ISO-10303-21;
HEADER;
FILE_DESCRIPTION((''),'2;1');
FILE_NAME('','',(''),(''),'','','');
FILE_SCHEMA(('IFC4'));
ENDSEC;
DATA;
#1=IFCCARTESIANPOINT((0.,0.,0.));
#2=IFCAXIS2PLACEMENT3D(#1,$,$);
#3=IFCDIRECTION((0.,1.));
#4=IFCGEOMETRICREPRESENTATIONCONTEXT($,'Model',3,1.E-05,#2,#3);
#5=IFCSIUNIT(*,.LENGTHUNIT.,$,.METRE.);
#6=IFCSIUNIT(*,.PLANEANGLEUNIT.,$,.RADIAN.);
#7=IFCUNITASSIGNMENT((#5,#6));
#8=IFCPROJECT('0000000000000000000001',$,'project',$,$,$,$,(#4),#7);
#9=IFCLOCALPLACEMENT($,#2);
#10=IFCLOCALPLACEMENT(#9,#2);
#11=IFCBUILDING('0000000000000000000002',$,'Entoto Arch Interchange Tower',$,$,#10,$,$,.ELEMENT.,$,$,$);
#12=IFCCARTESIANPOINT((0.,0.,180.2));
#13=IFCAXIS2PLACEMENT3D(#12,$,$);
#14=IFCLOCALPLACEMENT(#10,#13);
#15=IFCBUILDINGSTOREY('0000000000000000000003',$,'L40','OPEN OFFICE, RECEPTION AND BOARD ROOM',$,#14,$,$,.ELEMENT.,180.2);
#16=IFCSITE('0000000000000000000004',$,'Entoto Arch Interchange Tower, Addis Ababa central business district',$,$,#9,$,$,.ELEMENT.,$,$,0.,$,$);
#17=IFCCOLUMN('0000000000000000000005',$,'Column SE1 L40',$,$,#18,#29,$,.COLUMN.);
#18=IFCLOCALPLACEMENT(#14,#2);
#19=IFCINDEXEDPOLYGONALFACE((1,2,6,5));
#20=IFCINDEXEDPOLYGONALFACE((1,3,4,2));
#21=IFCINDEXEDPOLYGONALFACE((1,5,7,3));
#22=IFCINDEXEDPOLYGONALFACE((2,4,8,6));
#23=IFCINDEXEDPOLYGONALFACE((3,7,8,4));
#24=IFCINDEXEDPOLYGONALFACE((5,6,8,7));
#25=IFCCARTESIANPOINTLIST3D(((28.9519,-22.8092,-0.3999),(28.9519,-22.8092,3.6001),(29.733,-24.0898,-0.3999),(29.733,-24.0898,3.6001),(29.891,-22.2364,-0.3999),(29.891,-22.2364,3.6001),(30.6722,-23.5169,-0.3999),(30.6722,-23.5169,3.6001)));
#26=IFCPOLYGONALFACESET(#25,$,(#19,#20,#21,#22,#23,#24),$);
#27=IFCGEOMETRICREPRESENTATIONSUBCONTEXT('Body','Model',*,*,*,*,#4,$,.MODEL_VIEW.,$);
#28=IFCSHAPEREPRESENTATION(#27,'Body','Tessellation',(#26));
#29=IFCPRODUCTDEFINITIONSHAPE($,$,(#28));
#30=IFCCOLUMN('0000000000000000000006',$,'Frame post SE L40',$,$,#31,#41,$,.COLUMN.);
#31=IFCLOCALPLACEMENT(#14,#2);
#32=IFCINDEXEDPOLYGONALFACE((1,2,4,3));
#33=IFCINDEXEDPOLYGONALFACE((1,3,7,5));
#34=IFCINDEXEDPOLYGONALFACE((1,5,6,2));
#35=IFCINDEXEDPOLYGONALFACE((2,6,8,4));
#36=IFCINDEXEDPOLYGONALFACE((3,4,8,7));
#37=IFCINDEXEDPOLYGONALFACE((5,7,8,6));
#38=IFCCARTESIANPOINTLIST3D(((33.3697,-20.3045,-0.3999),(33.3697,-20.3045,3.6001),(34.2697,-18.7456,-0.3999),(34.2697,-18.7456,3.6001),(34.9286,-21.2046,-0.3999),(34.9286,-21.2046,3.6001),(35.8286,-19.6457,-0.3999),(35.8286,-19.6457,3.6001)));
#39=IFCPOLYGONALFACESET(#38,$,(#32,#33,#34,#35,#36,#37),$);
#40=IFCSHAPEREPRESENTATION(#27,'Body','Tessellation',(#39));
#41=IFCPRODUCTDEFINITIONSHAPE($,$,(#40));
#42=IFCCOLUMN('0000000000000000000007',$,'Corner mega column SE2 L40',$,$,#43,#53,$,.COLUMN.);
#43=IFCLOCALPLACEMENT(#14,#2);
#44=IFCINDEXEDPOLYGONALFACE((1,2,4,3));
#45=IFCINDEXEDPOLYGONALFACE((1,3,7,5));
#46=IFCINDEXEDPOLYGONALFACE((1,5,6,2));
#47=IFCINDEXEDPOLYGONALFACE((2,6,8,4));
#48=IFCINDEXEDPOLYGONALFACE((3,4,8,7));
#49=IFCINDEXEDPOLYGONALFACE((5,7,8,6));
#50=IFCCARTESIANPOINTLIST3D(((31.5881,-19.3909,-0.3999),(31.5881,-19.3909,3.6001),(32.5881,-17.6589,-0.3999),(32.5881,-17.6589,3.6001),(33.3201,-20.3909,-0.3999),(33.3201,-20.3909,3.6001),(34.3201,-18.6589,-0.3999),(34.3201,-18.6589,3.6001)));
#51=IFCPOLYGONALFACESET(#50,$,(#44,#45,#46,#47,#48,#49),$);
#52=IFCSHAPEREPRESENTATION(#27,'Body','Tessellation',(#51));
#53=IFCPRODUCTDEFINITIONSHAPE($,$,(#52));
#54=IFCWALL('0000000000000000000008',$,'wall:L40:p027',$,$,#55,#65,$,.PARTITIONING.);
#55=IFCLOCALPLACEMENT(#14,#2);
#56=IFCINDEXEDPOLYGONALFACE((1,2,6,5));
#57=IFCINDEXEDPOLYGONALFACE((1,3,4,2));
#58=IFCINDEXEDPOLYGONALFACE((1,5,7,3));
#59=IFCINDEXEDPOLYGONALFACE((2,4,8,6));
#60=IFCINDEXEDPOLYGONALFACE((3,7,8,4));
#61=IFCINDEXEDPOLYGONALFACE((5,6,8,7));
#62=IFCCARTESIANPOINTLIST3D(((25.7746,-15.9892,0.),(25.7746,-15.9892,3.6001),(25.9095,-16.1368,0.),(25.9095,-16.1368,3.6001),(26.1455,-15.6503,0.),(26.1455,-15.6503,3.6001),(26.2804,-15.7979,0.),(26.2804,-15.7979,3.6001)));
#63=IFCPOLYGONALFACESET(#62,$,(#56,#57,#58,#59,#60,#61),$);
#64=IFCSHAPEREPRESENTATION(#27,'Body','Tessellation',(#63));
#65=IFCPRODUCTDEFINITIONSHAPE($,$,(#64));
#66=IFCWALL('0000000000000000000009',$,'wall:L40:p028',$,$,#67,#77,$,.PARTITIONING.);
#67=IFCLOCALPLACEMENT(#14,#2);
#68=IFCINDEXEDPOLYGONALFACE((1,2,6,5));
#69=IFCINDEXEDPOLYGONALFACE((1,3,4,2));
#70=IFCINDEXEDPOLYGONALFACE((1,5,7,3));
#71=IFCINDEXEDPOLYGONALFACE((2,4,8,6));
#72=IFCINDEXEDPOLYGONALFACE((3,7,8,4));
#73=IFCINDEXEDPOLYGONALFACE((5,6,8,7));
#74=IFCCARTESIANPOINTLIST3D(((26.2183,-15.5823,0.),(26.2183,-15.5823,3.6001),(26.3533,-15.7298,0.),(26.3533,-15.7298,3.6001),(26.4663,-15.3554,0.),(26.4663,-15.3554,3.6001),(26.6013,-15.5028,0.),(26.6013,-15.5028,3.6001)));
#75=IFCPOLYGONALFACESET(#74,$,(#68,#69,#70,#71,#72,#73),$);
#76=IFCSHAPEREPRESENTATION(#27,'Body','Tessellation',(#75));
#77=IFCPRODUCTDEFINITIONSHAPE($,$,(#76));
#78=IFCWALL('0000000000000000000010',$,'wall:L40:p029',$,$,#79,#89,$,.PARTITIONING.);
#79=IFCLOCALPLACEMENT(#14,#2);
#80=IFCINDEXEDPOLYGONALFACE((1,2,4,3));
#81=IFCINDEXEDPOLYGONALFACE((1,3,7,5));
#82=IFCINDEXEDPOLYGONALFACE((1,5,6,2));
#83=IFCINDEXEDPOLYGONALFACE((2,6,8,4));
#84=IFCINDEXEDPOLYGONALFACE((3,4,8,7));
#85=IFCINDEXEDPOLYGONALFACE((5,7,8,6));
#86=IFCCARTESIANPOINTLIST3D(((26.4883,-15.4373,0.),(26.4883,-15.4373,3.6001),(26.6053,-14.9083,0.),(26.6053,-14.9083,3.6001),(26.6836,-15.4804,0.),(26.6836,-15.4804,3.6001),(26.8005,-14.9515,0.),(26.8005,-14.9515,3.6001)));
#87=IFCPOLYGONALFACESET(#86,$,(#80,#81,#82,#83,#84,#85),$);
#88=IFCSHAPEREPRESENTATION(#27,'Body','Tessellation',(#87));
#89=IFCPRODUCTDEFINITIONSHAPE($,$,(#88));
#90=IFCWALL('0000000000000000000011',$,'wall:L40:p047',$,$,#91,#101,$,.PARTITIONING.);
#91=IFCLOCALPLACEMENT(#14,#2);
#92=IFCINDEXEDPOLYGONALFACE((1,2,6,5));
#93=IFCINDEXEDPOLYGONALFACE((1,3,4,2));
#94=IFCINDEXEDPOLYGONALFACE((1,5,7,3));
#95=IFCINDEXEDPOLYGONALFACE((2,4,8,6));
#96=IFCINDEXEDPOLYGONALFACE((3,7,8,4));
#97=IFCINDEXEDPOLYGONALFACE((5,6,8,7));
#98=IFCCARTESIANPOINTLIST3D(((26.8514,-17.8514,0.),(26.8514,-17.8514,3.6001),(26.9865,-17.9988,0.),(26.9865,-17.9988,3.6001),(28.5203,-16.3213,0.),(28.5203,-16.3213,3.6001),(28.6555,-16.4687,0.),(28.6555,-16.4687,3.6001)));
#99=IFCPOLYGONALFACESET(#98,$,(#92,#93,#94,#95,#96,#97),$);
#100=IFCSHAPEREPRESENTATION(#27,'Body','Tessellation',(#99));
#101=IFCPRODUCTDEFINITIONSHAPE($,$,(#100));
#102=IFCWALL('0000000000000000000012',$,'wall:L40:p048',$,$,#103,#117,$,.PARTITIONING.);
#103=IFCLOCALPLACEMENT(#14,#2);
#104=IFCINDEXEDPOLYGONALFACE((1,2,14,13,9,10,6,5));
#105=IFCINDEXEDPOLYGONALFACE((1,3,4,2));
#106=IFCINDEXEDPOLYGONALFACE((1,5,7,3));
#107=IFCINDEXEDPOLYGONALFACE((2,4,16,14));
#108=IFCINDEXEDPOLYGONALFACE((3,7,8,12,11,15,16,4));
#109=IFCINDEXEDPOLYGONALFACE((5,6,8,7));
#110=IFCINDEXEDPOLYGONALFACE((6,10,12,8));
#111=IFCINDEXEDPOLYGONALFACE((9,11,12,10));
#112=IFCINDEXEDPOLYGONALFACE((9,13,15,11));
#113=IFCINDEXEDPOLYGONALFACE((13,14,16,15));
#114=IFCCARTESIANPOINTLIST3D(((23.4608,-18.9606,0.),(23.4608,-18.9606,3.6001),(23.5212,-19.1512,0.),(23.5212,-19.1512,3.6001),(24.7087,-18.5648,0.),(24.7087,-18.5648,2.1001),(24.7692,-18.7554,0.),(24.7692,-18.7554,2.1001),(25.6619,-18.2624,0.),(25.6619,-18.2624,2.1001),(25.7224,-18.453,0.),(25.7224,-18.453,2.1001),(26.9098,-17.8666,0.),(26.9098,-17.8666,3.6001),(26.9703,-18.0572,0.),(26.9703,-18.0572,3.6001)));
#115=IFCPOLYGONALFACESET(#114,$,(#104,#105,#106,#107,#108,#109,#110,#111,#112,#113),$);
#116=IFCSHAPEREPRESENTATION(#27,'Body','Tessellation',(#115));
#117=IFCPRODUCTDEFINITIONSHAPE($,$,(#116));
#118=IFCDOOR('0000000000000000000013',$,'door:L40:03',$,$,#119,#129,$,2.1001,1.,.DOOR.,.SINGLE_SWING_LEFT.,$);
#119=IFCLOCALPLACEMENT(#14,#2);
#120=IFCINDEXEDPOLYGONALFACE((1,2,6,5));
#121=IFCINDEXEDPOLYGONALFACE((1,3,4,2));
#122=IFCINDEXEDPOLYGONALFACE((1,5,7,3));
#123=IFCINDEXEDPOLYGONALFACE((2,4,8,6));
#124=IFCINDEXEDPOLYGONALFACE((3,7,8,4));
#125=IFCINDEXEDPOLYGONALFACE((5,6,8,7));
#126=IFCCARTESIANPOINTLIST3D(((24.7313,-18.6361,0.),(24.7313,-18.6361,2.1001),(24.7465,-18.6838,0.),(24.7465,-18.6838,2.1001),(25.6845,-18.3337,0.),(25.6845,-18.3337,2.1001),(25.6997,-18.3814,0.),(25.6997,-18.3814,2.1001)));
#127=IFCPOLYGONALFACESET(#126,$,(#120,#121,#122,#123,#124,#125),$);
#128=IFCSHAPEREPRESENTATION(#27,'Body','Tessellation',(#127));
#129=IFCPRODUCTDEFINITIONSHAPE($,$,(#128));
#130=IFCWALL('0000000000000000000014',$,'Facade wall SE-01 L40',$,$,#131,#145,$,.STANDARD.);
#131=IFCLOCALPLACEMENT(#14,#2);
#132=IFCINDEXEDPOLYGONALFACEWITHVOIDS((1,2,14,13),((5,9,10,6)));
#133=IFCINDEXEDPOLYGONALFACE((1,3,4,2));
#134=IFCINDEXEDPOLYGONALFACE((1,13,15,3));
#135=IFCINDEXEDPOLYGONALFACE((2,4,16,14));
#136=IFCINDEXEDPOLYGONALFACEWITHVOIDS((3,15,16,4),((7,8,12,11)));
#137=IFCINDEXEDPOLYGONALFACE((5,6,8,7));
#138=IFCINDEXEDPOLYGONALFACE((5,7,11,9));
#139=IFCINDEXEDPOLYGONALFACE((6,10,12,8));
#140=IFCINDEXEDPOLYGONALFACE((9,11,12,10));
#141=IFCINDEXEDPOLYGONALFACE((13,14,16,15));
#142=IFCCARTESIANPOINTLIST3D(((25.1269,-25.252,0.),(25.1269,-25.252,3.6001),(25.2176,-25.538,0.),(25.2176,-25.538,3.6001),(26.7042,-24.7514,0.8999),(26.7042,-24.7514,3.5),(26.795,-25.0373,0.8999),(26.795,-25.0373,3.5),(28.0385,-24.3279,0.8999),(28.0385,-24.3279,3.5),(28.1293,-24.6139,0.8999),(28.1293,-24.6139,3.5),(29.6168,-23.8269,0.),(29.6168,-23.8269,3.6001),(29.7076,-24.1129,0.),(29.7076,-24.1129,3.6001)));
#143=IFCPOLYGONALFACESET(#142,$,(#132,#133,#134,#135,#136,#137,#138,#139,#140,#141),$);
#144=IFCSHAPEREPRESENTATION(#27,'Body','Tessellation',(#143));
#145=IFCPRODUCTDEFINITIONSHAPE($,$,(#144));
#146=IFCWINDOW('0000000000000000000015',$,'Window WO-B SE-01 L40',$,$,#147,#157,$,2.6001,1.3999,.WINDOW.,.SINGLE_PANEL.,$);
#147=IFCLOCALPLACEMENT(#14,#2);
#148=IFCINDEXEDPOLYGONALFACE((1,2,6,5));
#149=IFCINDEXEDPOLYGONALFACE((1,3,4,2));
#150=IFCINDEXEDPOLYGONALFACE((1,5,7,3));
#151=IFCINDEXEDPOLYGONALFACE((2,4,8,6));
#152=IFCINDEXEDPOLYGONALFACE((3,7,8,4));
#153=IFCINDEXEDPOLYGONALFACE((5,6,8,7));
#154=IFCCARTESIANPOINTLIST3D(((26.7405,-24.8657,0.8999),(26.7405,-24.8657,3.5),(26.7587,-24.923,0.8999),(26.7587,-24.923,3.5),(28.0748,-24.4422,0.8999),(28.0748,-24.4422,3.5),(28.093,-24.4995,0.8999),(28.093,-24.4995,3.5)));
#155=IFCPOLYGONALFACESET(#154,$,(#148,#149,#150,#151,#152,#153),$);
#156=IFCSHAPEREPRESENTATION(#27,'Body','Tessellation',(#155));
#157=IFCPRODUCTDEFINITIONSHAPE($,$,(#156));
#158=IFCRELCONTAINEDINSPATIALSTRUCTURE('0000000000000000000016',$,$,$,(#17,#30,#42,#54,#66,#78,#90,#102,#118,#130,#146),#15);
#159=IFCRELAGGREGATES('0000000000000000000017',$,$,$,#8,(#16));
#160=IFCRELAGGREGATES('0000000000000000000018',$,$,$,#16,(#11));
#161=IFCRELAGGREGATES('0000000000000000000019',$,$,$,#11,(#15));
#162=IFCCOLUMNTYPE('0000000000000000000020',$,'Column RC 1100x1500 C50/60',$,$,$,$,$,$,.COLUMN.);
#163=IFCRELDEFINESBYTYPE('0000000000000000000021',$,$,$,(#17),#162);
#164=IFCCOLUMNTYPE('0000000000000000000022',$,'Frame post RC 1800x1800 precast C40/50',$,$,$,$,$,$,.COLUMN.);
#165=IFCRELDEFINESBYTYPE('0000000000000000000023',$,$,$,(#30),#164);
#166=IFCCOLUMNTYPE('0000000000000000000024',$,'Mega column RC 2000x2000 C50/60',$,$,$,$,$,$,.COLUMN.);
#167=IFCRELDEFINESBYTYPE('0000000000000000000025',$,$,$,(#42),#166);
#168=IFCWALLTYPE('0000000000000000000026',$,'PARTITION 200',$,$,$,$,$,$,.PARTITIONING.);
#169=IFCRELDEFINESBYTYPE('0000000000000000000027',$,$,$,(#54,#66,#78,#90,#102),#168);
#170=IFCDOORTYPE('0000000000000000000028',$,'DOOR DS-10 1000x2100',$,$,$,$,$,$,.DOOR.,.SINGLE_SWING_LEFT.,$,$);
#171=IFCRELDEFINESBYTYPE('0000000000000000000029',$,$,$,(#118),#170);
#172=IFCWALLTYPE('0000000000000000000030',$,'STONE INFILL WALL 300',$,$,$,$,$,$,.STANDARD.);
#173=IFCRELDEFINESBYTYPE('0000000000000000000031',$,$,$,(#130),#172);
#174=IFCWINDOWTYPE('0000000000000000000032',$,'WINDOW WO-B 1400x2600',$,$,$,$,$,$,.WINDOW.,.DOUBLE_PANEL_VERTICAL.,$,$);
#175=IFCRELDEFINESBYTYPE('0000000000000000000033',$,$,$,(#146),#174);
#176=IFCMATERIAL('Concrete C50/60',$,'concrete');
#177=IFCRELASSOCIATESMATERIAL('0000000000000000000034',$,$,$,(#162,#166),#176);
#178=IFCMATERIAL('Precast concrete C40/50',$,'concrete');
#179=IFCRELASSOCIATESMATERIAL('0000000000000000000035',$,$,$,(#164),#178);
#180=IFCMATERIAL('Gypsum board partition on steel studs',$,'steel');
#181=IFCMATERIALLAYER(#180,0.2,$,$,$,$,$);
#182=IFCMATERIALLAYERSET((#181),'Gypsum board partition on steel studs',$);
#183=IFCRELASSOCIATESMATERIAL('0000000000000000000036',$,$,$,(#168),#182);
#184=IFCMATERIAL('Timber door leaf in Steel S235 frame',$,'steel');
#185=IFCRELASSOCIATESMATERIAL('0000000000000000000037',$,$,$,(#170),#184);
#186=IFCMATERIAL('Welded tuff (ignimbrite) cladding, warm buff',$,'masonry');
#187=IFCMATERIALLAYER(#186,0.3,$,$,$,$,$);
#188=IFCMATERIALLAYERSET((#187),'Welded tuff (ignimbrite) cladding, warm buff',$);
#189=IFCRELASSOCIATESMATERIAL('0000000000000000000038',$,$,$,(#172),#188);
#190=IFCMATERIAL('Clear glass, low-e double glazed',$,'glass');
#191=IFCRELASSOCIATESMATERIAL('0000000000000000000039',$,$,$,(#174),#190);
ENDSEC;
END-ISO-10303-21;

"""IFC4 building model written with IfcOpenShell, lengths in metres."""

from ifc_helpers import new_model, si_unit, direction, frame, frame_2d, origin, origin_2d, place, context, subcontext, project, spatial, rectangle, extrude, material, layer, layer_set, material_profile, profile_set, type_object, element, fill, save


model = new_model("IFC4")

# Units and contexts
model_context = context("Model", 3, precision=1e-05, world=origin(), true_north=direction((0.0, 1.0)))
body_context = subcontext(model_context, "Body", "Model", "MODEL_VIEW")
ifc_project = project(units=[si_unit("LENGTHUNIT", "METRE"), si_unit("PLANEANGLEUNIT", "RADIAN")], contexts=[model_context])

# Site, building, storey
site_placement = place(None, origin())
site = spatial("IfcSite", under=ifc_project, at=site_placement, Name="Entoto Arch Interchange Tower, Addis Ababa central business district", CompositionType="ELEMENT", RefElevation=0.0)
building_placement = place(site_placement, origin())
building = spatial("IfcBuilding", under=site, at=building_placement, Name="Entoto Arch Interchange Tower", CompositionType="ELEMENT")
storey_placement = place(building_placement, frame((0.0, 0.0, 180.2)))
storey = spatial("IfcBuildingStorey", under=building, at=storey_placement, Name="L40", Description="OPEN OFFICE, RECEPTION AND BOARD ROOM", CompositionType="ELEMENT", Elevation=180.2)

# Columns
ifc_material_1 = material(Name="Concrete C50/60", Category="concrete")
ifc_material_profile_1 = material_profile(ifc_material_1, rectangle(XDim=1.1001, YDim=1.5, at=origin_2d()))
ifc_profile_set_1 = profile_set([ifc_material_profile_1], Name="Concrete C50/60")
column_type_1 = type_object("IfcColumnType", Name="Column RC 1100x1500 C50/60", PredefinedType="COLUMN", material=ifc_profile_set_1)
column_1_placement = place(storey_placement, frame((29.812, -23.1631, -0.3999), z_axis=(0.0, 0.0, 1.0), x_axis=(0.853714, 0.520741, 0.0)))
element("IfcColumn", 1, at=column_1_placement, inside=storey, type_object=column_type_1, Name="Column SE1 L40", PredefinedType="COLUMN", context=body_context, shape_type="SweptSolid", body=[
    extrude(rectangle(XDim=1.1001, YDim=1.5, at=origin_2d()), origin(), (0.0, 0.0, 1.0), 4.0),
])
ifc_material_2 = material(Name="Precast concrete C40/50", Category="concrete")
ifc_material_profile_2 = material_profile(ifc_material_2, rectangle(XDim=1.8, YDim=1.8, at=origin_2d()))
ifc_profile_set_2 = profile_set([ifc_material_profile_2], Name="Precast concrete C40/50")
column_type_2 = type_object("IfcColumnType", Name="Frame post RC 1800x1800 precast C40/50", PredefinedType="COLUMN", material=ifc_profile_set_2)
column_2_placement = place(storey_placement, frame((34.5991, -19.9751, -0.3999), z_axis=(0.0, 0.0, 1.0), x_axis=(-0.866025, 0.5, 0.0)))
element("IfcColumn", 2, at=column_2_placement, inside=storey, type_object=column_type_2, Name="Frame post SE L40", PredefinedType="COLUMN", context=body_context, shape_type="SweptSolid", body=[
    extrude(rectangle(XDim=1.8, YDim=1.8, at=origin_2d()), origin(), (0.0, 0.0, 1.0), 4.0),
])
ifc_material_profile_3 = material_profile(ifc_material_1, rectangle(XDim=2.0, YDim=2.0, at=origin_2d()))
ifc_profile_set_3 = profile_set([ifc_material_profile_3], Name="Concrete C50/60")
column_type_3 = type_object("IfcColumnType", Name="Mega column RC 2000x2000 C50/60", PredefinedType="COLUMN", material=ifc_profile_set_3)
column_3_placement = place(storey_placement, frame((32.9541, -19.0249, -0.3999), z_axis=(0.0, 0.0, 1.0), x_axis=(-0.866025, 0.5, 0.0)))
element("IfcColumn", 3, at=column_3_placement, inside=storey, type_object=column_type_3, Name="Corner mega column SE2 L40", PredefinedType="COLUMN", context=body_context, shape_type="SweptSolid", body=[
    extrude(rectangle(XDim=2.0, YDim=2.0, at=origin_2d()), origin(), (0.0, 0.0, 1.0), 4.0),
])

# Walls
ifc_material_3 = material(Name="Gypsum board partition on steel studs", Category="steel")
ifc_layer_1 = layer(ifc_material_3, 0.2)
ifc_layer_set_1 = layer_set([ifc_layer_1], Name="Gypsum board partition on steel studs")
wall_type_1 = type_object("IfcWallType", Name="PARTITION 200", PredefinedType="PARTITIONING", material=ifc_layer_set_1)
wall_1_placement = place(storey_placement, frame((25.842, -16.063, 0.0), z_axis=(0.0, 0.0, 1.0), x_axis=(0.738222, 0.674557, 0.0)))
element("IfcWall", 4, at=wall_1_placement, inside=storey, type_object=wall_type_1, Name="wall:L40:p027", PredefinedType="PARTITIONING", context=body_context, shape_type="SweptSolid", body=[
    extrude(rectangle(XDim=0.5024, YDim=0.2, at=frame_2d((0.2512, 0.0))), origin(), (0.0, 0.0, 1.0), 3.6001),
])
wall_2_placement = place(storey_placement, frame((26.2859, -15.656, 0.0), z_axis=(0.0, 0.0, 1.0), x_axis=(0.737636, 0.675198, 0.0)))
element("IfcWall", 5, at=wall_2_placement, inside=storey, type_object=wall_type_1, Name="wall:L40:p028", PredefinedType="PARTITIONING", context=body_context, shape_type="SweptSolid", body=[
    extrude(rectangle(XDim=0.3362, YDim=0.2, at=frame_2d((0.168, 0.0))), origin(), (0.0, 0.0, 1.0), 3.6001),
])
wall_3_placement = place(storey_placement, frame((26.5859, -15.459, 0.0), z_axis=(0.0, 0.0, 1.0), x_axis=(0.215833, 0.97643, 0.0)))
element("IfcWall", 6, at=wall_3_placement, inside=storey, type_object=wall_type_1, Name="wall:L40:p029", PredefinedType="PARTITIONING", context=body_context, shape_type="SweptSolid", body=[
    extrude(rectangle(XDim=0.5417, YDim=0.2, at=frame_2d((0.271, 0.0))), origin(), (0.0, 0.0, 1.0), 3.6001),
])
wall_4_placement = place(storey_placement, frame((28.5879, -16.395, 0.0), z_axis=(0.0, 0.0, 1.0), x_axis=(-0.737118, -0.675764, 0.0)))
element("IfcWall", 7, at=wall_4_placement, inside=storey, type_object=wall_type_1, Name="wall:L40:p047", PredefinedType="PARTITIONING", context=body_context, shape_type="SweptSolid", body=[
    extrude(rectangle(XDim=2.2642, YDim=0.2, at=frame_2d((1.1321, 0.0))), origin(), (0.0, 0.0, 1.0), 3.6001),
])

# Wall, opening, door
wall_5_placement = place(storey_placement, frame((26.9399, -17.9619, 0.0), z_axis=(0.0, 0.0, 1.0), x_axis=(-0.953197, -0.302349, 0.0)))
wall_5 = element("IfcWall", 8, at=wall_5_placement, inside=storey, type_object=wall_type_1, Name="wall:L40:p048", PredefinedType="PARTITIONING", context=body_context, shape_type="SweptSolid", body=[
    extrude(rectangle(XDim=3.6184, YDim=0.2, at=frame_2d((1.8091, 0.0))), origin(), (0.0, 0.0, 1.0), 3.6001),
])
opening_1_placement = place(wall_5_placement, frame((1.3091, 0.0, 0.0)))
opening_1 = element("IfcOpeningElement", 9, at=opening_1_placement, cuts=wall_5, PredefinedType="OPENING", context=body_context, shape_type="SweptSolid", body=[
    extrude(rectangle(XDim=1.0, YDim=2.1001, at=frame_2d((0.5, 1.05))), frame((0.0, 0.1099, 0.0), z_axis=(0.0, -1.0, 0.0), x_axis=(1.0, 0.0, 0.0)), (0.0, 0.0, 1.0), 0.22),
])
ifc_material_4 = material(Name="Timber door leaf in Steel S235 frame", Category="steel")
door_type = type_object("IfcDoorType", Name="DOOR DS-10 1000x2100", OperationType="SINGLE_SWING_LEFT", PredefinedType="DOOR", material=ifc_material_4)
door_placement = place(opening_1_placement, origin())
door = element("IfcDoor", 10, at=door_placement, inside=storey, type_object=door_type, Name="door:L40:03", OperationType="SINGLE_SWING_LEFT", OverallHeight=2.1001, OverallWidth=1.0, PredefinedType="DOOR", context=body_context, shape_type="SweptSolid", body=[
    extrude(rectangle(XDim=1.0, YDim=2.1001, at=frame_2d((0.5, 1.05))), frame((0.0, 0.0249, 0.0), z_axis=(0.0, -1.0, 0.0), x_axis=(1.0, 0.0, 0.0)), (0.0, 0.0, 1.0), 0.05),
])
fill(opening_1, door)

# Wall, opening, window
ifc_material_5 = material(Name="Welded tuff (ignimbrite) cladding, warm buff", Category="masonry")
ifc_layer_2 = layer(ifc_material_5, 0.3)
ifc_layer_set_2 = layer_set([ifc_layer_2], Name="Welded tuff (ignimbrite) cladding, warm buff")
wall_type_2 = type_object("IfcWallType", Name="STONE INFILL WALL 300", PredefinedType="STANDARD", material=ifc_layer_set_2)
wall_6_placement = place(storey_placement, frame((25.1721, -25.395, 0.0), z_axis=(0.0, 0.0, 1.0), x_axis=(0.953145, 0.302513, 0.0)))
wall_6 = element("IfcWall", 11, at=wall_6_placement, inside=storey, type_object=wall_type_2, Name="Facade wall SE-01 L40", PredefinedType="STANDARD", context=body_context, shape_type="SweptSolid", body=[
    extrude(rectangle(XDim=4.7107, YDim=0.3, at=frame_2d((2.3555, 0.0))), origin(), (0.0, 0.0, 1.0), 3.6001),
])
opening_2_placement = place(wall_6_placement, frame((1.655, 0.0, 0.8999)))
opening_2 = element("IfcOpeningElement", 12, at=opening_2_placement, cuts=wall_6, PredefinedType="OPENING", context=body_context, shape_type="SweptSolid", body=[
    extrude(rectangle(XDim=1.3999, YDim=2.6001, at=frame_2d((0.7, 1.3))), frame((0.0, 0.1602, 0.0), z_axis=(0.0, -1.0, 0.0), x_axis=(1.0, 0.0, 0.0)), (0.0, 0.0, 1.0), 0.3201),
])
ifc_material_6 = material(Name="Clear glass, low-e double glazed", Category="glass")
window_type = type_object("IfcWindowType", Name="WINDOW WO-B 1400x2600", PartitioningType="DOUBLE_PANEL_VERTICAL", PredefinedType="WINDOW", material=ifc_material_6)
window_1_placement = place(opening_2_placement, origin())
window_1 = element("IfcWindow", 13, at=window_1_placement, inside=storey, type_object=window_type, Name="Window WO-B SE-01 L40", OverallHeight=2.6001, OverallWidth=1.3999, PartitioningType="SINGLE_PANEL", PredefinedType="WINDOW", context=body_context, shape_type="SweptSolid", body=[
    extrude(rectangle(XDim=1.3999, YDim=2.6001, at=frame_2d((0.7, 1.3))), frame((0.0, 0.03, 0.0), z_axis=(0.0, -1.0, 0.0), x_axis=(1.0, 0.0, 0.0)), (0.0, 0.0, 1.0), 0.0601),
])
fill(opening_2, window_1)

save(model, "model.ifc")
